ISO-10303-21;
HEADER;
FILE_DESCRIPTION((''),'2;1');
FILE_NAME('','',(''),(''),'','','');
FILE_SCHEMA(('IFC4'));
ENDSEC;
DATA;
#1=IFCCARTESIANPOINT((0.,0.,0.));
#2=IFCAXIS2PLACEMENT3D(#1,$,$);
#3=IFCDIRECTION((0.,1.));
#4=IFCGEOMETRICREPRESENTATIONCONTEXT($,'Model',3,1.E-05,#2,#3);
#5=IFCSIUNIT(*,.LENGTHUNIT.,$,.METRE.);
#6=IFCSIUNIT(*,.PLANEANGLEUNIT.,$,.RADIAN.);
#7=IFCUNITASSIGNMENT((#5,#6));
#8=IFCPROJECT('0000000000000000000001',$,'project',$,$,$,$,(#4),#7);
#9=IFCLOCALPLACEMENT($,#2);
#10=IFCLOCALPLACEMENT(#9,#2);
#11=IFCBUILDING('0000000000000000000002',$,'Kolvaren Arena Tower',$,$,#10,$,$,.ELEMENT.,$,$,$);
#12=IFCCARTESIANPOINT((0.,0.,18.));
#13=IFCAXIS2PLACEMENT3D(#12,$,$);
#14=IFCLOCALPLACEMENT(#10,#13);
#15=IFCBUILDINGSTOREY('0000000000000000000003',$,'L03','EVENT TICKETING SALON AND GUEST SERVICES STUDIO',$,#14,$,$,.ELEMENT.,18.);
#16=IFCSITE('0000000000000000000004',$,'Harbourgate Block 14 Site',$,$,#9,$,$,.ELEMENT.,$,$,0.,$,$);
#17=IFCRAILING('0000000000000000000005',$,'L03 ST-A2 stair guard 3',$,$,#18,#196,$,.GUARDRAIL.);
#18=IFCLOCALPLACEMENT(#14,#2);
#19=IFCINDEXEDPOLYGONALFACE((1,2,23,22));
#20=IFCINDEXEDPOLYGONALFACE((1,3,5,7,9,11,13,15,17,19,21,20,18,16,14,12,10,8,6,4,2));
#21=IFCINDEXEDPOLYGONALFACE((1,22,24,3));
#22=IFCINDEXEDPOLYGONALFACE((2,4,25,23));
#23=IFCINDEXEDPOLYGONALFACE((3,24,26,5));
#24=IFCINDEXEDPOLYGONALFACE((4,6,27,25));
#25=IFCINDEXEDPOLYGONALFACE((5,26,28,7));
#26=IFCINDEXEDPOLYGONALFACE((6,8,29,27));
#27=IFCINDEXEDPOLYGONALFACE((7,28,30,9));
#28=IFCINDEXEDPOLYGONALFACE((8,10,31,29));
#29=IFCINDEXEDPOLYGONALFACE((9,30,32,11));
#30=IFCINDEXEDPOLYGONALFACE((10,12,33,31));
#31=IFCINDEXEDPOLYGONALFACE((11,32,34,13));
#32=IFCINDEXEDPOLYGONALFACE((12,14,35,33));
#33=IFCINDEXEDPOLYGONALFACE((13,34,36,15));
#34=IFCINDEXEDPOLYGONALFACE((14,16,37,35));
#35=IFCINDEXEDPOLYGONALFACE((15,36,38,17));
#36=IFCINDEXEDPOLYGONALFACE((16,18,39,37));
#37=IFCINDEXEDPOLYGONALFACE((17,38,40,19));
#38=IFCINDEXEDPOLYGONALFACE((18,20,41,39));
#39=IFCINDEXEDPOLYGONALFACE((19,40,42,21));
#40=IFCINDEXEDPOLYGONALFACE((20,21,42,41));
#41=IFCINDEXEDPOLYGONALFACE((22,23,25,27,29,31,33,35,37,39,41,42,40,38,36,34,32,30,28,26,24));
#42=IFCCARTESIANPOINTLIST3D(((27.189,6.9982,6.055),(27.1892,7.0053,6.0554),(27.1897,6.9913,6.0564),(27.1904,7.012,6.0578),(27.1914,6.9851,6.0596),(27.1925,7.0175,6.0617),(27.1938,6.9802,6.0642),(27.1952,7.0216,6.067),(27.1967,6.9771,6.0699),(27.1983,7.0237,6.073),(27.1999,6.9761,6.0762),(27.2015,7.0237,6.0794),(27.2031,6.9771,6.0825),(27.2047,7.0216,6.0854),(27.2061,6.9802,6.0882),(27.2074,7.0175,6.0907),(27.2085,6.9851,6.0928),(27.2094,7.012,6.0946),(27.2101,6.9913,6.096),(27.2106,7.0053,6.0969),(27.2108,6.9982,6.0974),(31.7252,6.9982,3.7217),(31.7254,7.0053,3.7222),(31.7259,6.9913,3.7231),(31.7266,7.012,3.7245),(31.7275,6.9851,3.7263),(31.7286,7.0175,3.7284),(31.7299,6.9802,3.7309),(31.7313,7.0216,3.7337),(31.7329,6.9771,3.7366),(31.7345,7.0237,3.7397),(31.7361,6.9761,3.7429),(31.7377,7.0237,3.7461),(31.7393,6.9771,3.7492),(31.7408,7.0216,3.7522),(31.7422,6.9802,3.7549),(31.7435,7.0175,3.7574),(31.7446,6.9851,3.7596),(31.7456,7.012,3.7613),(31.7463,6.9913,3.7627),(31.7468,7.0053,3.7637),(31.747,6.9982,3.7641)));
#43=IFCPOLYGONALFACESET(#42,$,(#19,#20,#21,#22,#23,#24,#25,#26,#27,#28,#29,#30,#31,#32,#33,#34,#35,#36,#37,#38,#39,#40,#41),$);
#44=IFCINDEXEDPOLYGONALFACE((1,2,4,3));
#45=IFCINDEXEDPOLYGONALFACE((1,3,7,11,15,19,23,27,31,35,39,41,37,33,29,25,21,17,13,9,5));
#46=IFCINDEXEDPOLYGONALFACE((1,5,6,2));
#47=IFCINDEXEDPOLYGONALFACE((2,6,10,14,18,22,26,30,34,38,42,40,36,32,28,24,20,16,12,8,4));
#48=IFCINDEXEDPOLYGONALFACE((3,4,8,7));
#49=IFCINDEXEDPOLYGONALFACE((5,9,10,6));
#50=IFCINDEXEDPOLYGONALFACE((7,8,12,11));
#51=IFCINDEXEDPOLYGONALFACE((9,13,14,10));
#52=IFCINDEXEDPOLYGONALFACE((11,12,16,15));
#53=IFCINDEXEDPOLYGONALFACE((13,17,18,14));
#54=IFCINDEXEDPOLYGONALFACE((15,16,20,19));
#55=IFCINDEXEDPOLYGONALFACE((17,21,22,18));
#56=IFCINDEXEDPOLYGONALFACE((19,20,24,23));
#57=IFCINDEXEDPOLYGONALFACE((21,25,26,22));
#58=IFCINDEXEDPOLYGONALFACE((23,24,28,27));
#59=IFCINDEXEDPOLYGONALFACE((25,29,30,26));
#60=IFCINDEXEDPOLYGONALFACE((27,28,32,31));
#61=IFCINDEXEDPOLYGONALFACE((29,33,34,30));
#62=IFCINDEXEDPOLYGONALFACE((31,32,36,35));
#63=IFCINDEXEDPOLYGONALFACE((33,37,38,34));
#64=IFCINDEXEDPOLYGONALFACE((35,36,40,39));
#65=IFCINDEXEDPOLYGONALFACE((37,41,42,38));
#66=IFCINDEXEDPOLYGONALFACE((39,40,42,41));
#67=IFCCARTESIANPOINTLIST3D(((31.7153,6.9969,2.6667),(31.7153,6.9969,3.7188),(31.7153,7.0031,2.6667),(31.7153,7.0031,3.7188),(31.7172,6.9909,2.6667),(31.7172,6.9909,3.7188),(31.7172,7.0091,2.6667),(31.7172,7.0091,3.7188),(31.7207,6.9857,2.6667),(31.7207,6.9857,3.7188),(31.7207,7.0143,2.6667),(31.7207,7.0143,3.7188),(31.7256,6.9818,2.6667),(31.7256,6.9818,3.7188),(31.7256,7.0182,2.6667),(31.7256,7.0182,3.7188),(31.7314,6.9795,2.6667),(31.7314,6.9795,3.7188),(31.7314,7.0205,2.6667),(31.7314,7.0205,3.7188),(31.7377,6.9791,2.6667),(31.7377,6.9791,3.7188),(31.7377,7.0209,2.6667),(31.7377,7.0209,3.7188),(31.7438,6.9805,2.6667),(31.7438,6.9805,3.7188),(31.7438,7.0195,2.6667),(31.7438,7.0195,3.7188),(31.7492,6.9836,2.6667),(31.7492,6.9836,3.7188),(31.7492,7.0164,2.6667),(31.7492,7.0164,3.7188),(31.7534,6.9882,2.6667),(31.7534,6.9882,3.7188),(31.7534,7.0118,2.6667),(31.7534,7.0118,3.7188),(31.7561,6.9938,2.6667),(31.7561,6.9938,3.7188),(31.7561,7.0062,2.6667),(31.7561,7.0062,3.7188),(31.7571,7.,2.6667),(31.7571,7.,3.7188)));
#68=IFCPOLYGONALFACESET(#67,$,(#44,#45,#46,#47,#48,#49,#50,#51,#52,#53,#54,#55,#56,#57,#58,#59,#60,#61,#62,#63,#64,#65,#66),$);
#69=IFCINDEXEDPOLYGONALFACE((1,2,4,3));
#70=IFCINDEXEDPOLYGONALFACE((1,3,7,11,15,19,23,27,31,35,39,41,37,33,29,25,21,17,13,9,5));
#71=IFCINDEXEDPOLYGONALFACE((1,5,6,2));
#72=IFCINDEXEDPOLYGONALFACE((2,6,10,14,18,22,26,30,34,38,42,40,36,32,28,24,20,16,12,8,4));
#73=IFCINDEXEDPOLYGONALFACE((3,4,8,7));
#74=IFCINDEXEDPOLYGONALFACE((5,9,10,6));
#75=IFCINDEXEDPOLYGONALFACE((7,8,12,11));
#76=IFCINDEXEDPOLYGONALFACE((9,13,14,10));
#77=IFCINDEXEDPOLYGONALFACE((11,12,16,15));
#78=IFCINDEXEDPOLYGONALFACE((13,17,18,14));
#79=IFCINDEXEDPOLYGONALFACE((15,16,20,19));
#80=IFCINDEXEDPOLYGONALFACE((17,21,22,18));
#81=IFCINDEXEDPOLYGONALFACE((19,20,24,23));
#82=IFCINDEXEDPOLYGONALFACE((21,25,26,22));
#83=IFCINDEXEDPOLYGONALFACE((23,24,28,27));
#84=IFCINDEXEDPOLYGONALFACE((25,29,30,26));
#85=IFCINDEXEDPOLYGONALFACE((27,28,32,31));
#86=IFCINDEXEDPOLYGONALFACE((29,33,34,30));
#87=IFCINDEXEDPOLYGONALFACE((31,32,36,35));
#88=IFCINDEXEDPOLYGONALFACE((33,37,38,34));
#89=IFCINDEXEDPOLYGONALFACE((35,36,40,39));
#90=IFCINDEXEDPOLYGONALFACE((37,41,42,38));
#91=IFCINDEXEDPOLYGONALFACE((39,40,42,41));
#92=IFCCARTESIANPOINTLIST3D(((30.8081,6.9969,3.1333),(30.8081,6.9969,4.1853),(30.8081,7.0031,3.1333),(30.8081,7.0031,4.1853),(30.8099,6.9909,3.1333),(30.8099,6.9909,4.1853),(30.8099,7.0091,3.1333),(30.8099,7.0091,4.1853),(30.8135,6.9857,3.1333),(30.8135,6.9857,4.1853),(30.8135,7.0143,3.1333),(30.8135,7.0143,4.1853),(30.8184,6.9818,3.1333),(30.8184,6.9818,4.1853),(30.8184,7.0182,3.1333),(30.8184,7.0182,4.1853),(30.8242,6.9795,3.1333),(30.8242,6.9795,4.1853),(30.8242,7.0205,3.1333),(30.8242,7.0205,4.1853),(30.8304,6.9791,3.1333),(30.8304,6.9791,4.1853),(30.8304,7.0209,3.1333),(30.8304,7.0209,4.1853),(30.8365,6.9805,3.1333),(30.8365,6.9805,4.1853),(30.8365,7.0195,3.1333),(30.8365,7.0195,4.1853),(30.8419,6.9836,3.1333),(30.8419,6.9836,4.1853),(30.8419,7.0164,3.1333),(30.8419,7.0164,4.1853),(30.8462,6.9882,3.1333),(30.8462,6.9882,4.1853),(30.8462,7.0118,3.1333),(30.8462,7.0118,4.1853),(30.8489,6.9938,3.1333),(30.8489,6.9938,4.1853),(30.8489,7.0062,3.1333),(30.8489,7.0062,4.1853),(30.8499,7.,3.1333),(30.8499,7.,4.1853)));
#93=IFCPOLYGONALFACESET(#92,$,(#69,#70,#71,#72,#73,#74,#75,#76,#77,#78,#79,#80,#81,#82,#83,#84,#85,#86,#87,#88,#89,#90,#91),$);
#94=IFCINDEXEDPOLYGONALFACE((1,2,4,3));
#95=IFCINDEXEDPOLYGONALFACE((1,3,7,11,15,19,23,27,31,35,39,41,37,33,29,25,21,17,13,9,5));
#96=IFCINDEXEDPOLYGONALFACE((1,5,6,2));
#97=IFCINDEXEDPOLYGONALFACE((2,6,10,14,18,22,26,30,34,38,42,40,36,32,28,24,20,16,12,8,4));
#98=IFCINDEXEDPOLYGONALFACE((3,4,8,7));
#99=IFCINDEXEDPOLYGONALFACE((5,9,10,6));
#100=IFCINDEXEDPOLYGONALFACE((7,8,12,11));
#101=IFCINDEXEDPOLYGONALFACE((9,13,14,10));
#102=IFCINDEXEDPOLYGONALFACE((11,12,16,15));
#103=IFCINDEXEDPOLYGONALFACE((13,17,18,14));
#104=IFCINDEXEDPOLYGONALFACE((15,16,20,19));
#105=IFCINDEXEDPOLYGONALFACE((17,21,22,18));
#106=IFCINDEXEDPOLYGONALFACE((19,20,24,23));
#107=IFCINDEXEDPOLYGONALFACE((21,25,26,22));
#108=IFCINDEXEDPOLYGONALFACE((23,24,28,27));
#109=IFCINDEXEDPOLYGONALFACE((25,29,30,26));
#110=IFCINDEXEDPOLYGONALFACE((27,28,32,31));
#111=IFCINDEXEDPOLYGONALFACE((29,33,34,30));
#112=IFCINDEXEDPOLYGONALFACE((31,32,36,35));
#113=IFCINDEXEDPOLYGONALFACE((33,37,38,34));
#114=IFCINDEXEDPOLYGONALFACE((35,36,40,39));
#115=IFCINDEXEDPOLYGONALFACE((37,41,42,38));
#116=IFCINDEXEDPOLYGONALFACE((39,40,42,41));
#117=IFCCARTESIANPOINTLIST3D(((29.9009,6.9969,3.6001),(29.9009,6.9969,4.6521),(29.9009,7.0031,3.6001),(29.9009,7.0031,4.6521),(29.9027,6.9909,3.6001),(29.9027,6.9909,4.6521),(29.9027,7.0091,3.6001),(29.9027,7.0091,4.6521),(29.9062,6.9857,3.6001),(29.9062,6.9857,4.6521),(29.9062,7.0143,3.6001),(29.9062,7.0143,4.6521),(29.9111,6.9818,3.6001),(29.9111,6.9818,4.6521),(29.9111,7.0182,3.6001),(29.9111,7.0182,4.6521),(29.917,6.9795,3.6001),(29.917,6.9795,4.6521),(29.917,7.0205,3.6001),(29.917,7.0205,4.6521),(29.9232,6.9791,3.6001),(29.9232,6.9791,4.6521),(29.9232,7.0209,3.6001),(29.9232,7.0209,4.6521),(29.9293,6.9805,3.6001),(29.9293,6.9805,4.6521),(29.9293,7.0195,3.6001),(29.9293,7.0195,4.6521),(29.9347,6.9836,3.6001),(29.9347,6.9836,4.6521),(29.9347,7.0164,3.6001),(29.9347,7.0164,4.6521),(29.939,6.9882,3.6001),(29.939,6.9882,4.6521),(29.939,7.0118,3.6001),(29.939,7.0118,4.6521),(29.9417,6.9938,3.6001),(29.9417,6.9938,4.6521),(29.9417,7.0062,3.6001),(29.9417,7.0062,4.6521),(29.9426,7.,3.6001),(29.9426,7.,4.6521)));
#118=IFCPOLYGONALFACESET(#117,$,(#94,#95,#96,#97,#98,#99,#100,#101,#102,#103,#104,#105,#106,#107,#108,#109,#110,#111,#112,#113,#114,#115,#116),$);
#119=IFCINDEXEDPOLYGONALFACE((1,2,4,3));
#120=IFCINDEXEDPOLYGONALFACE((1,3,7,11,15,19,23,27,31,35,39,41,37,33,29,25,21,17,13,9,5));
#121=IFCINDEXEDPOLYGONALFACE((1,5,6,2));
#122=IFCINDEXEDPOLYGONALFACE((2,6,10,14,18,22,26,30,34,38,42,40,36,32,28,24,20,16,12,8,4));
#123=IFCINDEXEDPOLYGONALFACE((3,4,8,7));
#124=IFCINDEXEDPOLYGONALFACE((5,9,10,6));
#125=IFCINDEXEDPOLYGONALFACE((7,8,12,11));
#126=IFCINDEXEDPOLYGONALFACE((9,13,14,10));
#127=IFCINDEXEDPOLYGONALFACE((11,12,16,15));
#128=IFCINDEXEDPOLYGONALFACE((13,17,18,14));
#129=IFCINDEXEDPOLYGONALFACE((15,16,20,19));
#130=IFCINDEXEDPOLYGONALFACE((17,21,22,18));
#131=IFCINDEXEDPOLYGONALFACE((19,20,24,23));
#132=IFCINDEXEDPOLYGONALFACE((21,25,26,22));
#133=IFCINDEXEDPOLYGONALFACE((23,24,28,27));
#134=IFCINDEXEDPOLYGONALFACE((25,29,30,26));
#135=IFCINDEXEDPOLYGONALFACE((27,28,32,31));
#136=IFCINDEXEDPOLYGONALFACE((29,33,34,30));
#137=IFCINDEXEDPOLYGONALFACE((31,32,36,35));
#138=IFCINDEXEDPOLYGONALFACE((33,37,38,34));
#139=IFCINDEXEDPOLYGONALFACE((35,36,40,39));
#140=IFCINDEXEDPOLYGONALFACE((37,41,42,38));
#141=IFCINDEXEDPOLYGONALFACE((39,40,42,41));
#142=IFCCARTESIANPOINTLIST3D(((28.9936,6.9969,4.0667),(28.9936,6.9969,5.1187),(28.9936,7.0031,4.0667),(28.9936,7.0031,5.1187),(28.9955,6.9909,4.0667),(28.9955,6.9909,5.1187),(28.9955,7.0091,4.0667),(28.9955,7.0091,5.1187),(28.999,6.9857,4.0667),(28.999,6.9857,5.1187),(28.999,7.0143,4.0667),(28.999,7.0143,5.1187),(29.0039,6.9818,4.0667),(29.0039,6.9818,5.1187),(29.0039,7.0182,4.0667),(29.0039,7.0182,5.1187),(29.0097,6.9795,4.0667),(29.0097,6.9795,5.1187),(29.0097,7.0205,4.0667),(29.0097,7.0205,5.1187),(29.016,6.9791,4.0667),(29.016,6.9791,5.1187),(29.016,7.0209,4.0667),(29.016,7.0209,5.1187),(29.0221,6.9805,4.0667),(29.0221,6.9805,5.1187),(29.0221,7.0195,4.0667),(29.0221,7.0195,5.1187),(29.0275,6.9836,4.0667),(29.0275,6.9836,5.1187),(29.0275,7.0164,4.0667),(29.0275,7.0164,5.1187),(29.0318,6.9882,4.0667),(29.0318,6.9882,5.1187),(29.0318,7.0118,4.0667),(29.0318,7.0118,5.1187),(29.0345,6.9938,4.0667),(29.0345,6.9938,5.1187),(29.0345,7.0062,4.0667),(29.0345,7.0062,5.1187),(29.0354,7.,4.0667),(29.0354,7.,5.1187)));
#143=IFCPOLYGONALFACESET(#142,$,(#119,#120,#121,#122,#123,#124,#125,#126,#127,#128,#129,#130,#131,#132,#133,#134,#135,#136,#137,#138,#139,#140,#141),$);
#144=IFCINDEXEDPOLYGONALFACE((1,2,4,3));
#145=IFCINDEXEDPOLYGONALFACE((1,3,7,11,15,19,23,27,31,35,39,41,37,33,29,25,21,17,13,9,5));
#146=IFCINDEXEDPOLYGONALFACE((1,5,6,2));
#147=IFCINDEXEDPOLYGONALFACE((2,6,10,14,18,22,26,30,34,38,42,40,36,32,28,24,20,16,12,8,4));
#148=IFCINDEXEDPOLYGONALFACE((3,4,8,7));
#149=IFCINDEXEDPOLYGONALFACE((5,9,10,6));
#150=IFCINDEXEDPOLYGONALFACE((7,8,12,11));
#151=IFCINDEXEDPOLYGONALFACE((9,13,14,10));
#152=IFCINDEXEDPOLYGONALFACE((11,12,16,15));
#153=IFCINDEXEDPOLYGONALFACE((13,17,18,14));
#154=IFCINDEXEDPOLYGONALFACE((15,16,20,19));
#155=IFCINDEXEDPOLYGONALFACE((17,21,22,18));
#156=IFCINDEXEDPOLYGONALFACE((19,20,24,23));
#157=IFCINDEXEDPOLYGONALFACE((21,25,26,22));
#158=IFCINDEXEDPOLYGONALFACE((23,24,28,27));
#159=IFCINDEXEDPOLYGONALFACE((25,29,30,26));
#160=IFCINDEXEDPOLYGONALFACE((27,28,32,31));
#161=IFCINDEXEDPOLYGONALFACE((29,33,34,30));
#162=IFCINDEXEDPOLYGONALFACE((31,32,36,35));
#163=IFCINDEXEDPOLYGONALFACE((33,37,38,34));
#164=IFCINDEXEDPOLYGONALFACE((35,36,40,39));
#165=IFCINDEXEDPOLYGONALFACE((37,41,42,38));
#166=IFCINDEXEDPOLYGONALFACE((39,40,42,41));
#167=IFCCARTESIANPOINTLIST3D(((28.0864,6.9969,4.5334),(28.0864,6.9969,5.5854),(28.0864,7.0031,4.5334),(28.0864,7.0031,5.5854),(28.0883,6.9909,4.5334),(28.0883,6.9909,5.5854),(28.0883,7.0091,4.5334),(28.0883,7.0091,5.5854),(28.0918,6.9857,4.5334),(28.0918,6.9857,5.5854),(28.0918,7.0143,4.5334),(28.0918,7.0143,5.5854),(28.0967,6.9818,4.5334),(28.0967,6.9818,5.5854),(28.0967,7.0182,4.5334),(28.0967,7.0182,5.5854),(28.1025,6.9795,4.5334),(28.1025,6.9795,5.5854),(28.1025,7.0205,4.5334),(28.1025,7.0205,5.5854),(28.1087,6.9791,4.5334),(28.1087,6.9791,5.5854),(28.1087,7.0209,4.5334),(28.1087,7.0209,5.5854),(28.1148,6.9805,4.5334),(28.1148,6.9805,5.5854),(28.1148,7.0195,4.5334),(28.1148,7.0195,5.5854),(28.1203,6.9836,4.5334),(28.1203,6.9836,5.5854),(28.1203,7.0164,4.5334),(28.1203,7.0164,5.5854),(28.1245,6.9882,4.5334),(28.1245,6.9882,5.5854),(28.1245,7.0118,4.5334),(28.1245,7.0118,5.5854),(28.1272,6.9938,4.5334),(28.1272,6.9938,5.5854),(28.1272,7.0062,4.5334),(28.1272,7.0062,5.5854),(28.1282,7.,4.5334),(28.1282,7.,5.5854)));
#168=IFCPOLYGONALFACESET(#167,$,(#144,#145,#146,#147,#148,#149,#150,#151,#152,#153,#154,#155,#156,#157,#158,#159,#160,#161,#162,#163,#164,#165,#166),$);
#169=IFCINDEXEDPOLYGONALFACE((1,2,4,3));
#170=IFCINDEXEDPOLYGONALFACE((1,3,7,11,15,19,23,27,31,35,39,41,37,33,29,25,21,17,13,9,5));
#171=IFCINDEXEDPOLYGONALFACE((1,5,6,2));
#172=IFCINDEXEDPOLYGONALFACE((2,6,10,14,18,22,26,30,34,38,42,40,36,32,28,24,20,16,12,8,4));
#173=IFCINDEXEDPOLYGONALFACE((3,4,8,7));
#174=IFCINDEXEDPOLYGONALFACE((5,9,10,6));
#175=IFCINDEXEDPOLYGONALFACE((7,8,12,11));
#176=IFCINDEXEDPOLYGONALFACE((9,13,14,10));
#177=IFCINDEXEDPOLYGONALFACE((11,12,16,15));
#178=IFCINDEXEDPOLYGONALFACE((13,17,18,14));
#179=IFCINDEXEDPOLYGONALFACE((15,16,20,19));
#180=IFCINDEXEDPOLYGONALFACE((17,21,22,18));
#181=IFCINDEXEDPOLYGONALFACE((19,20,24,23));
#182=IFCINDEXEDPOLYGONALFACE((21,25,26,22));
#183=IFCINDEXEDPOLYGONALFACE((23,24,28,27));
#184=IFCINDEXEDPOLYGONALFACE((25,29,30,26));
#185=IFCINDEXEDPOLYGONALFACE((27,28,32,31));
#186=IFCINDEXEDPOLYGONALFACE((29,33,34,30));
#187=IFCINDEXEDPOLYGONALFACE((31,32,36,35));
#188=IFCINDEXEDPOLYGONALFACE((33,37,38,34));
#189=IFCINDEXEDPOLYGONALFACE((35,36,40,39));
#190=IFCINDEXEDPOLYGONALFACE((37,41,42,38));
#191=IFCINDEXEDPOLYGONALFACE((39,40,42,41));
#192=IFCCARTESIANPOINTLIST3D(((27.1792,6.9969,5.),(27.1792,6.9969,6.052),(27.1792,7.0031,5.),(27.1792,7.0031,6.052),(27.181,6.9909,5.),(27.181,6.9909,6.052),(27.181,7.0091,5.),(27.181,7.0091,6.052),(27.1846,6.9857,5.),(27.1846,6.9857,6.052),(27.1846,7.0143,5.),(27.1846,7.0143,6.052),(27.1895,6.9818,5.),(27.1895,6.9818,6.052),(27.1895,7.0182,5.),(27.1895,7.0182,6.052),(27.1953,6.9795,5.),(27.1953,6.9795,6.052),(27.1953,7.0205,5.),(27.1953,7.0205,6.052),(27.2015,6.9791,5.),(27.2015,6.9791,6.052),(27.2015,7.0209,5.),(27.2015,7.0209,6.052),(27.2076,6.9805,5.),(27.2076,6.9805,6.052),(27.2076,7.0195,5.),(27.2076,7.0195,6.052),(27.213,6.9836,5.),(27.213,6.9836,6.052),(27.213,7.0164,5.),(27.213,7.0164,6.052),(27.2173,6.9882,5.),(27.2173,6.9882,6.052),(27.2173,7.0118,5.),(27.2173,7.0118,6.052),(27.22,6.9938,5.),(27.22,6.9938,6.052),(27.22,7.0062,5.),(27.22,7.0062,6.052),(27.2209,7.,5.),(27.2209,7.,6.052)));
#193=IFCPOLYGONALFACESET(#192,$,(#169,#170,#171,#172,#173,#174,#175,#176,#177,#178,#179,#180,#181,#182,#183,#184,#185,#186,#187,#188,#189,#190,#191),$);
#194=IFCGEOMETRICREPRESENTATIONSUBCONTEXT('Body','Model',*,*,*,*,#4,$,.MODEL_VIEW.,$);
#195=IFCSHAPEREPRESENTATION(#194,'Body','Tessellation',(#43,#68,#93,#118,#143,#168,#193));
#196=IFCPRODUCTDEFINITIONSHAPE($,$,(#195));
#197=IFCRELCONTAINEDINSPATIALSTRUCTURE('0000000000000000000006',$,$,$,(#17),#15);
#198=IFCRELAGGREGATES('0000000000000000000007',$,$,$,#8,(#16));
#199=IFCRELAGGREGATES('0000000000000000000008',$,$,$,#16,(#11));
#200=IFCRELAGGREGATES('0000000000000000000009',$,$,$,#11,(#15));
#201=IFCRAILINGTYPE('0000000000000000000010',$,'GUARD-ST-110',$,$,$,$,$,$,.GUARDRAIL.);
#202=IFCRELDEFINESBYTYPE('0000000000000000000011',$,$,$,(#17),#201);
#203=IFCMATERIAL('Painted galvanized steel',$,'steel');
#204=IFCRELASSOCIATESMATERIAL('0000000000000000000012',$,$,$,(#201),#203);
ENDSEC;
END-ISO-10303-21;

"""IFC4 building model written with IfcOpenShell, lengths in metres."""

from ifc_helpers import new_model, si_unit, direction, frame, origin, origin_2d, place, context, subcontext, project, spatial, circle, extrude, material, type_object, element, save


model = new_model("IFC4")

# Units and contexts
model_context = context("Model", 3, precision=1e-05, world=origin(), true_north=direction((0.0, 1.0)))
body_context = subcontext(model_context, "Body", "Model", "MODEL_VIEW")
ifc_project = project(units=[si_unit("LENGTHUNIT", "METRE"), si_unit("PLANEANGLEUNIT", "RADIAN")], contexts=[model_context])

# Site, building, storey
site_placement = place(None, origin())
site = spatial("IfcSite", under=ifc_project, at=site_placement, Name="Harbourgate Block 14 Site", CompositionType="ELEMENT", RefElevation=0.0)
building_placement = place(site_placement, origin())
building = spatial("IfcBuilding", under=site, at=building_placement, Name="Kolvaren Arena Tower", CompositionType="ELEMENT")
storey_placement = place(building_placement, frame((0.0, 0.0, 18.0)))
storey = spatial("IfcBuildingStorey", under=building, at=storey_placement, Name="L03", Description="EVENT TICKETING SALON AND GUEST SERVICES STUDIO", CompositionType="ELEMENT", Elevation=18.0)

# Railing
ifc_material_1 = material(Name="Painted galvanized steel", Category="steel")
railing_type_1 = type_object("IfcRailingType", Name="GUARD-ST-110", PredefinedType="GUARDRAIL", material=ifc_material_1)
railing_1_placement = place(storey_placement, frame((31.7361, 7.0, 2.6667)))
element("IfcRailing", 1, at=railing_1_placement, inside=storey, type_object=railing_type_1, Name="L03 ST-A2 stair guard 3", PredefinedType="GUARDRAIL", context=body_context, shape_type="SweptSolid", body=[
    extrude(circle(Radius=0.0239, at=origin_2d()), frame((0.0, 0.0, 1.0762), z_axis=(-0.889257, 0.0, 0.457407), x_axis=(0.0, -1.0, 0.0)), (0.0, 0.0, 1.0), 5.1011),
    extrude(circle(Radius=0.021, at=origin_2d()), origin(), (0.0, 0.0, 1.0), 1.052),
    extrude(circle(Radius=0.021, at=origin_2d()), frame((-0.9072, 0.0, 0.4666)), (0.0, 0.0, 1.0), 1.052),
    extrude(circle(Radius=0.021, at=origin_2d()), frame((-1.8145, 0.0, 0.9333)), (0.0, 0.0, 1.0), 1.052),
    extrude(circle(Radius=0.021, at=origin_2d()), frame((-2.7217, 0.0, 1.3999)), (0.0, 0.0, 1.0), 1.052),
    extrude(circle(Radius=0.021, at=origin_2d()), frame((-3.6289, 0.0, 1.8667)), (0.0, 0.0, 1.0), 1.052),
    extrude(circle(Radius=0.021, at=origin_2d()), frame((-4.5361, 0.0, 2.3333)), (0.0, 0.0, 1.0), 1.052),
])

save(model, "model.ifc")
